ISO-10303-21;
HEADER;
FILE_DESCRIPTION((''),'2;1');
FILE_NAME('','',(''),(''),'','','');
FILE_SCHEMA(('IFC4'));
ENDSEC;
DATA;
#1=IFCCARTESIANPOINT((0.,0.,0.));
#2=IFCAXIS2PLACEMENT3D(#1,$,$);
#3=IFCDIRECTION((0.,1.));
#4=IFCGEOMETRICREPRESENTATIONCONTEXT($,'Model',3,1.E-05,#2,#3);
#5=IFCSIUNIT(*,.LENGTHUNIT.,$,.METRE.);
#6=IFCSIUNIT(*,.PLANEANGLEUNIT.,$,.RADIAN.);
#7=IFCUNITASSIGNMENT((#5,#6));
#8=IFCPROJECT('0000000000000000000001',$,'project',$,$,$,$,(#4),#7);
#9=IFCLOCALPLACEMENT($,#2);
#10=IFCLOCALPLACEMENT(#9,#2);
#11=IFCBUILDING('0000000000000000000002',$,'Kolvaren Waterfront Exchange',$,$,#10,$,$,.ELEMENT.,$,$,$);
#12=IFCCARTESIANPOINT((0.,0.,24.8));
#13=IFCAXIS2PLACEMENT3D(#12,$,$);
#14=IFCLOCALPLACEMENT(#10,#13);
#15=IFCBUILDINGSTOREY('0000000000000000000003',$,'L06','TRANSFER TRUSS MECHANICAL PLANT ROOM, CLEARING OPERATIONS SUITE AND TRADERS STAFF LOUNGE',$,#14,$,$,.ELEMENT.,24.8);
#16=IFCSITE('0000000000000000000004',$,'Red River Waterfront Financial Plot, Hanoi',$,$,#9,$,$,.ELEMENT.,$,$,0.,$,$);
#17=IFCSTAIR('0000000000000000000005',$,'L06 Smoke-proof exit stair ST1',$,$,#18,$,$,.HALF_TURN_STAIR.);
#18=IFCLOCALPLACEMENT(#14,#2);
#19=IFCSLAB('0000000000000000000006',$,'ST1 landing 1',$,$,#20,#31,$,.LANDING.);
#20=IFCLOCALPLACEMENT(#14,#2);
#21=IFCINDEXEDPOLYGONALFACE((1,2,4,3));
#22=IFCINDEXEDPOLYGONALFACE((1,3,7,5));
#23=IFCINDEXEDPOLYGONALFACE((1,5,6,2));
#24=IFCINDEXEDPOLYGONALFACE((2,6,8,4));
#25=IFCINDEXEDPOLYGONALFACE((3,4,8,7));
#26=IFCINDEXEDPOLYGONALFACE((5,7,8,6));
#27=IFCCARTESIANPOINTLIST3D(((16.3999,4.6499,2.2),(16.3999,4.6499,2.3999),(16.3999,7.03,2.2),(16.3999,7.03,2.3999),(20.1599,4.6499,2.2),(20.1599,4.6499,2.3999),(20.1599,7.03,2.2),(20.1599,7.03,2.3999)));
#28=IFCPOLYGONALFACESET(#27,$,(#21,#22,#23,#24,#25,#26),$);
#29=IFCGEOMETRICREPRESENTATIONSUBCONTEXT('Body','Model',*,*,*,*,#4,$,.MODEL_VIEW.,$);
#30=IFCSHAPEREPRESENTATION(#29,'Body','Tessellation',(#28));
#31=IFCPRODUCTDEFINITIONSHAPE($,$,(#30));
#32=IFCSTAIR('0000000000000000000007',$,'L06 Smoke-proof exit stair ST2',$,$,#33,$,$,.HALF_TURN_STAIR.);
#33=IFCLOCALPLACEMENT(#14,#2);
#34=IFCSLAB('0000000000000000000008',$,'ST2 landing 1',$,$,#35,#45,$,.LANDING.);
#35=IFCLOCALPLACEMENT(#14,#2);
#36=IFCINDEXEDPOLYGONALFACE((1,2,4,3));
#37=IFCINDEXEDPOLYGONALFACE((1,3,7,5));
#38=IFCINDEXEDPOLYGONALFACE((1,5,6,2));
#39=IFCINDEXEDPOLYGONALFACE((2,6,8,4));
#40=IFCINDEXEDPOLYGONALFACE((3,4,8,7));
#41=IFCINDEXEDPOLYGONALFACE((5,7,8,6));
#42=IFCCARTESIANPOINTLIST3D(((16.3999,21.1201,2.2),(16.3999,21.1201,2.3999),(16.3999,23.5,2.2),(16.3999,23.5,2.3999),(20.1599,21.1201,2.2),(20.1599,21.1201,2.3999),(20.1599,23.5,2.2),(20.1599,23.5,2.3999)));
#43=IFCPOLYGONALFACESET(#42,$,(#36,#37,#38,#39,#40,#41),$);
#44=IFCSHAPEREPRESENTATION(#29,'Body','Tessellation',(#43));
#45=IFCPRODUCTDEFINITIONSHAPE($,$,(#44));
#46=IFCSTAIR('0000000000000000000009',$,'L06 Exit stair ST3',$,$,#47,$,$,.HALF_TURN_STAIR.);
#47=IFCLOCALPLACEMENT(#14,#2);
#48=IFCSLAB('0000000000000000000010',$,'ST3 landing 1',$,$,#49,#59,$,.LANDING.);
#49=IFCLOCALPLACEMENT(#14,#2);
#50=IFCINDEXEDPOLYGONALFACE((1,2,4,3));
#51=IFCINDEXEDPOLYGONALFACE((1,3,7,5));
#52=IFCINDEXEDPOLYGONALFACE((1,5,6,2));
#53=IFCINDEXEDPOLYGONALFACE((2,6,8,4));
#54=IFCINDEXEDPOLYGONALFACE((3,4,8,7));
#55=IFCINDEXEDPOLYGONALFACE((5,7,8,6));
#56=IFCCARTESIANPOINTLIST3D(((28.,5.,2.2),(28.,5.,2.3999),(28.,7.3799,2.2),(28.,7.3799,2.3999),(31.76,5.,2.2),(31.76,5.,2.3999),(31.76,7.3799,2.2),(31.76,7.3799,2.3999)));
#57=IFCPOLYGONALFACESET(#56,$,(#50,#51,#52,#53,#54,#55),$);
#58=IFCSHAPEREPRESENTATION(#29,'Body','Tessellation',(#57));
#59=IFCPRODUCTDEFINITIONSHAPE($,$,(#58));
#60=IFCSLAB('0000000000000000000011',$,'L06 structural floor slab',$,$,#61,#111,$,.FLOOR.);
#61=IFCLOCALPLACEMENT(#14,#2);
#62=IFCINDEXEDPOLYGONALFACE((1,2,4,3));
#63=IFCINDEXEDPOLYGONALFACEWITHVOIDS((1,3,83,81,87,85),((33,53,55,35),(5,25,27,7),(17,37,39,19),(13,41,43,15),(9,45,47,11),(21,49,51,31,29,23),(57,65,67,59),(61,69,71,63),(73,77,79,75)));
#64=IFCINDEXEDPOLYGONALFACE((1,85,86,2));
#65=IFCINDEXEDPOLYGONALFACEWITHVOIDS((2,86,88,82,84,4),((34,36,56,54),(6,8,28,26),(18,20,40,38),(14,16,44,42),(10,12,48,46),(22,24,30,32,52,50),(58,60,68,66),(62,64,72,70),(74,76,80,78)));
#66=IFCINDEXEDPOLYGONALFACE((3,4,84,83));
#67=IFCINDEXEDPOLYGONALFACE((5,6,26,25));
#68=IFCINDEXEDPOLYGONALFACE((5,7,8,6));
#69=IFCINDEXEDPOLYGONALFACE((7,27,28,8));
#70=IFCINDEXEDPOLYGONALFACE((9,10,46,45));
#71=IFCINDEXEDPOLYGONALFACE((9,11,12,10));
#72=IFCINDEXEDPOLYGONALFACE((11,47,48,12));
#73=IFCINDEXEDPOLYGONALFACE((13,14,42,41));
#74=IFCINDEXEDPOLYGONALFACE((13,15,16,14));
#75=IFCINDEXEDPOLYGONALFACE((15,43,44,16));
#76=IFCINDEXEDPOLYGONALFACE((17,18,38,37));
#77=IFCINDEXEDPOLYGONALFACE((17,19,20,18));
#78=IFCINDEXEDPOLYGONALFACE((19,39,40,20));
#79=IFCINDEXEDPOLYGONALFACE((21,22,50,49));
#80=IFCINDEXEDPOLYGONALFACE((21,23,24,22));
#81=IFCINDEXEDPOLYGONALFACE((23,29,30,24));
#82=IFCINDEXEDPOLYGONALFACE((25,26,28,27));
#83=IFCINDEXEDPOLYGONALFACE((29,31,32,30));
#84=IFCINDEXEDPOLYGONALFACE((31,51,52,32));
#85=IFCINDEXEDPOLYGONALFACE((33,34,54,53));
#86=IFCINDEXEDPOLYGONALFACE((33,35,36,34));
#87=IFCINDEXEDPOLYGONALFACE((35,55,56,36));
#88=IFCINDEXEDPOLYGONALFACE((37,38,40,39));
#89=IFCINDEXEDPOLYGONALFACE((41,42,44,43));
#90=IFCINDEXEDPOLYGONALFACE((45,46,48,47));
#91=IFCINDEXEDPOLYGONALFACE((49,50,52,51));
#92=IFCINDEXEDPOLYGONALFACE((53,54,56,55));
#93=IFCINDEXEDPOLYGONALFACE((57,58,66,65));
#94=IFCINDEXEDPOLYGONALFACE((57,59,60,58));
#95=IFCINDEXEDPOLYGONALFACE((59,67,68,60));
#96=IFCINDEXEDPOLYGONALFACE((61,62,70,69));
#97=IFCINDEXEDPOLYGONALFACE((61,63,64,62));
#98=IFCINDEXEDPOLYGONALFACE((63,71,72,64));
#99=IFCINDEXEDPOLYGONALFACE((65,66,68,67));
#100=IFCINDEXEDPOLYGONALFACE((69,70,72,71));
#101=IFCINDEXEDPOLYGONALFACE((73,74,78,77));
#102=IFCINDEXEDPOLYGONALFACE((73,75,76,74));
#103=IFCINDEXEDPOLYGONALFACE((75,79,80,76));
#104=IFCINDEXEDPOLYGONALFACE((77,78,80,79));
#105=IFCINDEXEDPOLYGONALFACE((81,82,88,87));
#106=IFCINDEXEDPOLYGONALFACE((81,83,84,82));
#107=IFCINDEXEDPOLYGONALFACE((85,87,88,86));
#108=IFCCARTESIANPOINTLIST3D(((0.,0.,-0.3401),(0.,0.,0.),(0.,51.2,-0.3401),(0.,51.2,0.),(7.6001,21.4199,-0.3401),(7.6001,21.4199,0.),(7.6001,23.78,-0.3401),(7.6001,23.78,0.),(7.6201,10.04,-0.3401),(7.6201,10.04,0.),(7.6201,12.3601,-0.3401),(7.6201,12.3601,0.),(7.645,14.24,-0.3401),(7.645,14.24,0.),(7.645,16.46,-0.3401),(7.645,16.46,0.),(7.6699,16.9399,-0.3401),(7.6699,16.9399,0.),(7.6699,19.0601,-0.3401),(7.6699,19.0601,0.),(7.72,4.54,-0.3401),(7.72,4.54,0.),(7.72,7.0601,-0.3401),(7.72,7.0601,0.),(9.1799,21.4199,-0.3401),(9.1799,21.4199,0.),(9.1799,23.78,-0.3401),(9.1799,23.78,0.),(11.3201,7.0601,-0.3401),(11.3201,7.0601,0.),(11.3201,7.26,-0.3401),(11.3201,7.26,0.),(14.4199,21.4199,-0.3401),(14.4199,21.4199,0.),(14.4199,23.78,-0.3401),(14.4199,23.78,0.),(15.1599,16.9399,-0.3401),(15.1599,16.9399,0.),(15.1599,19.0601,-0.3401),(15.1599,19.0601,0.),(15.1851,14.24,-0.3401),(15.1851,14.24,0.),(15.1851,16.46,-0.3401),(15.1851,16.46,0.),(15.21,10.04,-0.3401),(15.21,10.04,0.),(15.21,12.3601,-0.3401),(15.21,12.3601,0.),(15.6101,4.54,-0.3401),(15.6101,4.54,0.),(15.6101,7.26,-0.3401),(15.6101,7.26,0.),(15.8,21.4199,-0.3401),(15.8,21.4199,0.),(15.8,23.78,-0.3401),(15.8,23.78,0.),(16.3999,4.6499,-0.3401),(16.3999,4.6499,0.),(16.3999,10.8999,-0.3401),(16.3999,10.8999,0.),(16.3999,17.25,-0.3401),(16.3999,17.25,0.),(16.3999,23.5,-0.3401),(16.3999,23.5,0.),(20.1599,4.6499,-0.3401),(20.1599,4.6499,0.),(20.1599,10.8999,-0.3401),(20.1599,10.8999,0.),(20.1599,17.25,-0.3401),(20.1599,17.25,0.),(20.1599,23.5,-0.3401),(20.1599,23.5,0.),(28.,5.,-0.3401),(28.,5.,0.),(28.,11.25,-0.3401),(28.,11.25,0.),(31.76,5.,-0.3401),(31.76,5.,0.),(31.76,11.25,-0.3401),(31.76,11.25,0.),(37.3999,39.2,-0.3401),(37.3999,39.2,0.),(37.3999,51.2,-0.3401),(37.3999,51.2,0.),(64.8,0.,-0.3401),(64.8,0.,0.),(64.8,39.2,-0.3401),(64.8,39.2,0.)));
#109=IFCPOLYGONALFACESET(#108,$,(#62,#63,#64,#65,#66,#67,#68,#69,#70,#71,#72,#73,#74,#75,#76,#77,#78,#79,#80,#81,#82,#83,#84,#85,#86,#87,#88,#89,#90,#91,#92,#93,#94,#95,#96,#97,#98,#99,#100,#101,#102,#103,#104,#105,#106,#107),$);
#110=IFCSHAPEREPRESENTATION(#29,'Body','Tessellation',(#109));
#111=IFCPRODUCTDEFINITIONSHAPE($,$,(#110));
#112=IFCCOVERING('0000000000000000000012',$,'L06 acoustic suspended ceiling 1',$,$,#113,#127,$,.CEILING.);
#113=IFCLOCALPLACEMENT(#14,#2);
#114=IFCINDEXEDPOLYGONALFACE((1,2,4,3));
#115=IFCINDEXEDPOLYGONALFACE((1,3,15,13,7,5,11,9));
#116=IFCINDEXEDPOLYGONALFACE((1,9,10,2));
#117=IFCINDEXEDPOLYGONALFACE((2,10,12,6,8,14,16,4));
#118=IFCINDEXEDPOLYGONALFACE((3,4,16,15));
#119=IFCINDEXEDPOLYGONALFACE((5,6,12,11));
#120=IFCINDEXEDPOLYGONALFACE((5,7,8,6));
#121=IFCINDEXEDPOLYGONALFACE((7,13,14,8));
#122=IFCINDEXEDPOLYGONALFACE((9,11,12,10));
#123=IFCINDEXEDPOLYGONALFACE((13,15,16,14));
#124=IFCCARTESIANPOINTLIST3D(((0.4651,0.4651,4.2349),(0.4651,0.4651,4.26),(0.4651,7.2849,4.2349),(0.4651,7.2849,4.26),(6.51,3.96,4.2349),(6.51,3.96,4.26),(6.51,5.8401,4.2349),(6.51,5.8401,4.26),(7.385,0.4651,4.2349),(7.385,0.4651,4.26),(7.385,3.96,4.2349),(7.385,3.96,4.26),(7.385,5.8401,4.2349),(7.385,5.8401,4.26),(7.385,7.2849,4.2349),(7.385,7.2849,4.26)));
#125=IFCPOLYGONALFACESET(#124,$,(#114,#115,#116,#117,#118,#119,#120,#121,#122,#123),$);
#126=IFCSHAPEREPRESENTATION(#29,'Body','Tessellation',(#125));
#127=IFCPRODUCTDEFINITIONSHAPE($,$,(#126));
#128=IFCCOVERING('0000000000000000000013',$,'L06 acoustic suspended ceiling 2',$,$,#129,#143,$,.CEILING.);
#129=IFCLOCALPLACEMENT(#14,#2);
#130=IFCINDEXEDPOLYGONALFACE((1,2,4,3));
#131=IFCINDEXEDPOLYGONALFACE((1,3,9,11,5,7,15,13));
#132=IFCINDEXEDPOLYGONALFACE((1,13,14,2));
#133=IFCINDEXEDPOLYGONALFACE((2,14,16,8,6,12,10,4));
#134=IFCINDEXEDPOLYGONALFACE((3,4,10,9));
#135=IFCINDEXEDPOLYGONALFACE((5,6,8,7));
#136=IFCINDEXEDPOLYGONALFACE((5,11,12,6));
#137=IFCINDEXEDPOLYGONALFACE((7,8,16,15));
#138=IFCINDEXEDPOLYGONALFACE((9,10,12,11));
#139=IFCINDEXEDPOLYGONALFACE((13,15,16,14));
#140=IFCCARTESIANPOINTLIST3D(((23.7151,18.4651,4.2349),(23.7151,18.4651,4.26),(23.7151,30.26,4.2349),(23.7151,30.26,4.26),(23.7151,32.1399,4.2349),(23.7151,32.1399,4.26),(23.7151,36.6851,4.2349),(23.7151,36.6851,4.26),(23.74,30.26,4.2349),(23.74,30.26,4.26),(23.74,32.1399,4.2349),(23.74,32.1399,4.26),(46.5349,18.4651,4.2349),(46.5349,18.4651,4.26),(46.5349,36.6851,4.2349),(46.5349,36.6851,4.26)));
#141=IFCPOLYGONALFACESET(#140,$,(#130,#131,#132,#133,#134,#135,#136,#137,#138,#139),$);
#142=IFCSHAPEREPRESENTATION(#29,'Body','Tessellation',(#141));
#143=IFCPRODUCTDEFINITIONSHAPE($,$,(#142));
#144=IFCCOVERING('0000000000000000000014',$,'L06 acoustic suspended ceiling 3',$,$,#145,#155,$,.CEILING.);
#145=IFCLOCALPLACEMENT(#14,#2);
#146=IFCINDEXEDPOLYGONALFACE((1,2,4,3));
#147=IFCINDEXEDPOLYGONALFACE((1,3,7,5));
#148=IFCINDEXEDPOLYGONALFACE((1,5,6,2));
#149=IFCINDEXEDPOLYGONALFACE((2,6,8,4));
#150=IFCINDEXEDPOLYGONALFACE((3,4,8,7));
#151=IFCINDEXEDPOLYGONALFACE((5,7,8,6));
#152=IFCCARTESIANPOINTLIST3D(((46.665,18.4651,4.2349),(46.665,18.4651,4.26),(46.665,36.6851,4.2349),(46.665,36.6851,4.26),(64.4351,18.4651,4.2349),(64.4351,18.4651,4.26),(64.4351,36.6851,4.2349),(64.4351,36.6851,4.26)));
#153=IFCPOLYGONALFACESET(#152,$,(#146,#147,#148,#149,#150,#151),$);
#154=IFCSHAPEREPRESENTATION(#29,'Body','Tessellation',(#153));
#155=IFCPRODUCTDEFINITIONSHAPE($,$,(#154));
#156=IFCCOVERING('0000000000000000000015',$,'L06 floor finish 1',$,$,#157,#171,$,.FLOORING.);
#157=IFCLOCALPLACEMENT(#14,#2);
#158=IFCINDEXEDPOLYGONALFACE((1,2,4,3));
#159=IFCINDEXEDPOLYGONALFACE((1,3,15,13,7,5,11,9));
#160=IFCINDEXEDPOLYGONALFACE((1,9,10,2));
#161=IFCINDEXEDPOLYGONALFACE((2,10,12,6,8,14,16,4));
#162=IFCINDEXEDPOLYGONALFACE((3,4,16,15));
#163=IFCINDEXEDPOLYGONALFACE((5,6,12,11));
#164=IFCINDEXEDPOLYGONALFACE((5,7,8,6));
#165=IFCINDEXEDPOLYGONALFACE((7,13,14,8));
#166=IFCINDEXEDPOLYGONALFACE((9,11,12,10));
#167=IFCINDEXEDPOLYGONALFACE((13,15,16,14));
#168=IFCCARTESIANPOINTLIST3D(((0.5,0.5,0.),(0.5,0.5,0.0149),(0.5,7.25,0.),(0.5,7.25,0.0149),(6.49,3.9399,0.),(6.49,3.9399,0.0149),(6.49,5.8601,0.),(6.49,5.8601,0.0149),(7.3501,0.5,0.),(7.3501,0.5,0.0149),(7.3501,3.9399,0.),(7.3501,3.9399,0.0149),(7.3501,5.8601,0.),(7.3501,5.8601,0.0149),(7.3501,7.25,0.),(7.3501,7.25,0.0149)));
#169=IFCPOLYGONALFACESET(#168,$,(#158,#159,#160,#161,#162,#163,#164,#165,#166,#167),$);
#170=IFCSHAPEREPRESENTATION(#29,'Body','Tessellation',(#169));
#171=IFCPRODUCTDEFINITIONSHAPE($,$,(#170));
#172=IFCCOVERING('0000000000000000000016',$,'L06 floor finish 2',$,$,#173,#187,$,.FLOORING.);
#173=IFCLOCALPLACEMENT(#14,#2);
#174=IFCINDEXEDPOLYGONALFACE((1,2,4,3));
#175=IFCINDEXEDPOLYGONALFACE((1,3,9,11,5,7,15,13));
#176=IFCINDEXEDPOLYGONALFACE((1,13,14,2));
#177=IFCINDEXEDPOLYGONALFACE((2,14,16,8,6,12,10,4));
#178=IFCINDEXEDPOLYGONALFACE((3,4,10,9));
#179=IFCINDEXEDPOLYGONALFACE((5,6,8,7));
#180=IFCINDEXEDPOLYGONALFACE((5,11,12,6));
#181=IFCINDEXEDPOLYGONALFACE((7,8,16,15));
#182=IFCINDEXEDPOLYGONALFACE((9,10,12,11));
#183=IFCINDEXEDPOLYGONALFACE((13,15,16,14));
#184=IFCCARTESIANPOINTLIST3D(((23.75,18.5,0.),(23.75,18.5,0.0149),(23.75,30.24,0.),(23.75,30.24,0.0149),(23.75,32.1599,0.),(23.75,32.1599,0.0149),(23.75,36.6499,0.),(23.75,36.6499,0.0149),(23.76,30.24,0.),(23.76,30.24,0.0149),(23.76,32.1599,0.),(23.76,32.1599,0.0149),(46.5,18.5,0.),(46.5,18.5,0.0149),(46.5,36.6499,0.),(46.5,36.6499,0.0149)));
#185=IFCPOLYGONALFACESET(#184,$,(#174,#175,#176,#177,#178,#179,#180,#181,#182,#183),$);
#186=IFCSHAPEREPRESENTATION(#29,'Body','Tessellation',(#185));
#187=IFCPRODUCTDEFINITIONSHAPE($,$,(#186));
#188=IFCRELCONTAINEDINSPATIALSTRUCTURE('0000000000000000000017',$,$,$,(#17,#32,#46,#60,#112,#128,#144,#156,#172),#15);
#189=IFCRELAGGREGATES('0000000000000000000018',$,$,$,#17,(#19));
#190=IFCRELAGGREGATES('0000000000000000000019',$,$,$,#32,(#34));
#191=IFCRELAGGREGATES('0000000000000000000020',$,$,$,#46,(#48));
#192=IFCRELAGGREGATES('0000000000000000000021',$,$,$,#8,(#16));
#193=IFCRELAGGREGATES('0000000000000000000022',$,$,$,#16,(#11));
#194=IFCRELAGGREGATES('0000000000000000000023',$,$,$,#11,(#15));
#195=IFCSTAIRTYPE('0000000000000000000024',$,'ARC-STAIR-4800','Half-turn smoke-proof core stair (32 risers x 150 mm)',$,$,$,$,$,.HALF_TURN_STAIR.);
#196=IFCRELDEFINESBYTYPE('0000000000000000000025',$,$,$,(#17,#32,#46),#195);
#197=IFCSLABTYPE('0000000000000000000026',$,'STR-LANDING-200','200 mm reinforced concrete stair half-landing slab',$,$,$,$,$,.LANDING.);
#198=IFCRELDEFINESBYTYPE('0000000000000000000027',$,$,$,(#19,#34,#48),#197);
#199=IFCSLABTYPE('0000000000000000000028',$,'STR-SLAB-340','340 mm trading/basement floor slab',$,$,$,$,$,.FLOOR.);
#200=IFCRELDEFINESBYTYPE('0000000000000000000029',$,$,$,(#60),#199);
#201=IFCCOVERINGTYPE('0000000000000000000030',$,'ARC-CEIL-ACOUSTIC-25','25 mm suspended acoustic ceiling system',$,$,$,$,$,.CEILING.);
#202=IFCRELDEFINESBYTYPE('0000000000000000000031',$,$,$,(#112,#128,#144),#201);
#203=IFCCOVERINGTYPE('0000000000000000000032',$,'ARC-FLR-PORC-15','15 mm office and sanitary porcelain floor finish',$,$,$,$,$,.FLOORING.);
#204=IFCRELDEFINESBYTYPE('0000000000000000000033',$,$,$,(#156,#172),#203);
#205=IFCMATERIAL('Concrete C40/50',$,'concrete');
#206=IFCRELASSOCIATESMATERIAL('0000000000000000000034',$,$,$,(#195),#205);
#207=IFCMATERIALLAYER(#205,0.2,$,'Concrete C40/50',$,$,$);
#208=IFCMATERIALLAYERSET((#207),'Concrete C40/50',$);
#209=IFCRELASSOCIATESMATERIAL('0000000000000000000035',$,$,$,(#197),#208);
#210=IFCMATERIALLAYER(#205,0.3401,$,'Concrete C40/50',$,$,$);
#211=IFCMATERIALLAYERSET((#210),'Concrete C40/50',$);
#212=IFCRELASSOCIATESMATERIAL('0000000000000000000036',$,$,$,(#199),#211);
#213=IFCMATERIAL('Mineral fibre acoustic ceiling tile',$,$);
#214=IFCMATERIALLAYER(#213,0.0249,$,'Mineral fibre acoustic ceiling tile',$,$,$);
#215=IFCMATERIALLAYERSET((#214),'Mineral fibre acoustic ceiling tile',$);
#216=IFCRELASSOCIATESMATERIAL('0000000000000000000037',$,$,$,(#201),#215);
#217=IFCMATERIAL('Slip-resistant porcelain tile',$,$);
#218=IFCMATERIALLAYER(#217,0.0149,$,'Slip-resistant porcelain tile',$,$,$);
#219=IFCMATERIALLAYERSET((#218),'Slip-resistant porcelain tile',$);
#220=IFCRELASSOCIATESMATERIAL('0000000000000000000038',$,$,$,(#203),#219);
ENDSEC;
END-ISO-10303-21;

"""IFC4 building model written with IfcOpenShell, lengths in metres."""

from ifc_helpers import new_model, si_unit, direction, frame, origin, place, context, subcontext, project, spatial, polyline, outline, extrude, material, layer, layer_set, type_object, element, aggregate, save


model = new_model("IFC4")

# Units and contexts
model_context = context("Model", 3, precision=1e-05, world=origin(), true_north=direction((0.0, 1.0)))
body_context = subcontext(model_context, "Body", "Model", "MODEL_VIEW")
ifc_project = project(units=[si_unit("LENGTHUNIT", "METRE"), si_unit("PLANEANGLEUNIT", "RADIAN")], contexts=[model_context])

# Site, building, storey
site_placement = place(None, origin())
site = spatial("IfcSite", under=ifc_project, at=site_placement, Name="Red River Waterfront Financial Plot, Hanoi", CompositionType="ELEMENT", RefElevation=0.0)
building_placement = place(site_placement, origin())
building = spatial("IfcBuilding", under=site, at=building_placement, Name="Kolvaren Waterfront Exchange", CompositionType="ELEMENT")
storey_placement = place(building_placement, frame((0.0, 0.0, 24.8)))
storey = spatial("IfcBuildingStorey", under=building, at=storey_placement, Name="L06", Description="TRANSFER TRUSS MECHANICAL PLANT ROOM, CLEARING OPERATIONS SUITE AND TRADERS STAFF LOUNGE", CompositionType="ELEMENT", Elevation=24.8)

# Stairs, slabs
ifc_material_1 = material(Name="Concrete C40/50", Category="concrete")
stair_type = type_object("IfcStairType", Name="ARC-STAIR-4800", Description="Half-turn smoke-proof core stair (32 risers x 150 mm)", PredefinedType="HALF_TURN_STAIR", material=ifc_material_1)
stair_1_placement = place(storey_placement, origin())
stair_1 = element("IfcStair", 1, at=stair_1_placement, inside=storey, type_object=stair_type, Name="L06 Smoke-proof exit stair ST1", PredefinedType="HALF_TURN_STAIR")
ifc_layer_1 = layer(ifc_material_1, 0.2, Name="Concrete C40/50")
ifc_layer_set_1 = layer_set([ifc_layer_1], Name="Concrete C40/50")
slab_type_1 = type_object("IfcSlabType", Name="STR-LANDING-200", Description="200 mm reinforced concrete stair half-landing slab", PredefinedType="LANDING", material=ifc_layer_set_1)
slab_1_placement = place(storey_placement, frame((0.0, 0.0, 2.2)))
slab_1 = element("IfcSlab", 2, at=slab_1_placement, type_object=slab_type_1, Name="ST1 landing 1", PredefinedType="LANDING", context=body_context, shape_type="SweptSolid", body=[
    extrude(outline(polyline([(16.3999, 7.03), (16.3999, 4.6499), (20.1599, 4.6499), (20.1599, 7.03), (16.3999, 7.03)])), origin(), (0.0, 0.0, 1.0), 0.2),
])
aggregate(stair_1, [slab_1])
stair_2_placement = place(storey_placement, origin())
stair_2 = element("IfcStair", 3, at=stair_2_placement, inside=storey, type_object=stair_type, Name="L06 Smoke-proof exit stair ST2", PredefinedType="HALF_TURN_STAIR")
slab_2_placement = place(storey_placement, frame((0.0, 0.0, 2.2)))
slab_2 = element("IfcSlab", 4, at=slab_2_placement, type_object=slab_type_1, Name="ST2 landing 1", PredefinedType="LANDING", context=body_context, shape_type="SweptSolid", body=[
    extrude(outline(polyline([(20.1599, 21.1201), (20.1599, 23.5), (16.3999, 23.5), (16.3999, 21.1201), (20.1599, 21.1201)])), origin(), (0.0, 0.0, 1.0), 0.2),
])
aggregate(stair_2, [slab_2])
stair_3_placement = place(storey_placement, origin())
stair_3 = element("IfcStair", 5, at=stair_3_placement, inside=storey, type_object=stair_type, Name="L06 Exit stair ST3", PredefinedType="HALF_TURN_STAIR")
slab_3_placement = place(storey_placement, frame((0.0, 0.0, 2.2)))
slab_3 = element("IfcSlab", 6, at=slab_3_placement, type_object=slab_type_1, Name="ST3 landing 1", PredefinedType="LANDING", context=body_context, shape_type="SweptSolid", body=[
    extrude(outline(polyline([(28.0, 7.3799), (28.0, 5.0), (31.76, 5.0), (31.76, 7.3799), (28.0, 7.3799)])), origin(), (0.0, 0.0, 1.0), 0.2),
])
aggregate(stair_3, [slab_3])

# Slab
ifc_layer_2 = layer(ifc_material_1, 0.3401, Name="Concrete C40/50")
ifc_layer_set_2 = layer_set([ifc_layer_2], Name="Concrete C40/50")
slab_type_2 = type_object("IfcSlabType", Name="STR-SLAB-340", Description="340 mm trading/basement floor slab", PredefinedType="FLOOR", material=ifc_layer_set_2)
slab_4_placement = place(storey_placement, frame((0.0, 0.0, -0.3401)))
element("IfcSlab", 7, at=slab_4_placement, inside=storey, type_object=slab_type_2, Name="L06 structural floor slab", PredefinedType="FLOOR", context=body_context, shape_type="SweptSolid", body=[
    extrude(outline(polyline([(0.0, 0.0), (64.8, 0.0), (64.8, 39.2), (37.3999, 39.2), (37.3999, 51.2), (0.0, 51.2), (0.0, 0.0)]), holes=[polyline([(11.3201, 7.26), (15.6101, 7.26), (15.6101, 4.54), (7.72, 4.54), (7.72, 7.0601), (11.3201, 7.0601), (11.3201, 7.26)]), polyline([(20.1599, 4.6499), (16.3999, 4.6499), (16.3999, 10.8999), (20.1599, 10.8999), (20.1599, 4.6499)]), polyline([(31.76, 5.0), (28.0, 5.0), (28.0, 11.25), (31.76, 11.25), (31.76, 5.0)]), polyline([(15.21, 10.04), (7.6201, 10.04), (7.6201, 12.3601), (15.21, 12.3601), (15.21, 10.04)]), polyline([(7.645, 16.46), (15.1851, 16.46), (15.1851, 14.24), (7.645, 14.24), (7.645, 16.46)]), polyline([(15.1599, 16.9399), (7.6699, 16.9399), (7.6699, 19.0601), (15.1599, 19.0601), (15.1599, 16.9399)]), polyline([(16.3999, 23.5), (20.1599, 23.5), (20.1599, 17.25), (16.3999, 17.25), (16.3999, 23.5)]), polyline([(7.6001, 23.78), (9.1799, 23.78), (9.1799, 21.4199), (7.6001, 21.4199), (7.6001, 23.78)]), polyline([(15.8, 23.78), (15.8, 21.4199), (14.4199, 21.4199), (14.4199, 23.78), (15.8, 23.78)])]), origin(), (0.0, 0.0, 1.0), 0.3401),
])

# Coverings
ifc_material_2 = material(Name="Mineral fibre acoustic ceiling tile")
ifc_layer_3 = layer(ifc_material_2, 0.0249, Name="Mineral fibre acoustic ceiling tile")
ifc_layer_set_3 = layer_set([ifc_layer_3], Name="Mineral fibre acoustic ceiling tile")
covering_type_1 = type_object("IfcCoveringType", Name="ARC-CEIL-ACOUSTIC-25", Description="25 mm suspended acoustic ceiling system", PredefinedType="CEILING", material=ifc_layer_set_3)
covering_1_placement = place(storey_placement, frame((0.0, 0.0, 4.2349)))
element("IfcCovering", 8, at=covering_1_placement, inside=storey, type_object=covering_type_1, Name="L06 acoustic suspended ceiling 1", PredefinedType="CEILING", context=body_context, shape_type="SweptSolid", body=[
    extrude(outline(polyline([(7.385, 3.96), (6.51, 3.96), (6.51, 5.8401), (7.385, 5.8401), (7.385, 7.2849), (0.4651, 7.2849), (0.4651, 0.4651), (7.385, 0.4651), (7.385, 3.96)])), origin(), (0.0, 0.0, 1.0), 0.0251),
])
covering_2_placement = place(storey_placement, frame((0.0, 0.0, 4.2349)))
element("IfcCovering", 9, at=covering_2_placement, inside=storey, type_object=covering_type_1, Name="L06 acoustic suspended ceiling 2", PredefinedType="CEILING", context=body_context, shape_type="SweptSolid", body=[
    extrude(outline(polyline([(23.7151, 32.1399), (23.74, 32.1399), (23.74, 30.26), (23.7151, 30.26), (23.7151, 18.4651), (46.5349, 18.4651), (46.5349, 36.6851), (23.7151, 36.6851), (23.7151, 32.1399)])), origin(), (0.0, 0.0, 1.0), 0.0251),
])
covering_3_placement = place(storey_placement, frame((0.0, 0.0, 4.2349)))
element("IfcCovering", 10, at=covering_3_placement, inside=storey, type_object=covering_type_1, Name="L06 acoustic suspended ceiling 3", PredefinedType="CEILING", context=body_context, shape_type="SweptSolid", body=[
    extrude(outline(polyline([(64.4351, 18.4651), (64.4351, 36.6851), (46.665, 36.6851), (46.665, 18.4651), (64.4351, 18.4651)])), origin(), (0.0, 0.0, 1.0), 0.0251),
])
ifc_material_3 = material(Name="Slip-resistant porcelain tile")
ifc_layer_4 = layer(ifc_material_3, 0.0149, Name="Slip-resistant porcelain tile")
ifc_layer_set_4 = layer_set([ifc_layer_4], Name="Slip-resistant porcelain tile")
covering_type_2 = type_object("IfcCoveringType", Name="ARC-FLR-PORC-15", Description="15 mm office and sanitary porcelain floor finish", PredefinedType="FLOORING", material=ifc_layer_set_4)
covering_4_placement = place(storey_placement, origin())
element("IfcCovering", 11, at=covering_4_placement, inside=storey, type_object=covering_type_2, Name="L06 floor finish 1", PredefinedType="FLOORING", context=body_context, shape_type="SweptSolid", body=[
    extrude(outline(polyline([(0.5, 7.25), (0.5, 0.5), (7.3501, 0.5), (7.3501, 3.9399), (6.49, 3.9399), (6.49, 5.8601), (7.3501, 5.8601), (7.3501, 7.25), (0.5, 7.25)])), origin(), (0.0, 0.0, 1.0), 0.0149),
])
covering_5_placement = place(storey_placement, origin())
element("IfcCovering", 12, at=covering_5_placement, inside=storey, type_object=covering_type_2, Name="L06 floor finish 2", PredefinedType="FLOORING", context=body_context, shape_type="SweptSolid", body=[
    extrude(outline(polyline([(23.75, 30.24), (23.75, 18.5), (46.5, 18.5), (46.5, 36.6499), (23.75, 36.6499), (23.75, 32.1599), (23.76, 32.1599), (23.76, 30.24), (23.75, 30.24)])), origin(), (0.0, 0.0, 1.0), 0.0149),
])

save(model, "model.ifc")
